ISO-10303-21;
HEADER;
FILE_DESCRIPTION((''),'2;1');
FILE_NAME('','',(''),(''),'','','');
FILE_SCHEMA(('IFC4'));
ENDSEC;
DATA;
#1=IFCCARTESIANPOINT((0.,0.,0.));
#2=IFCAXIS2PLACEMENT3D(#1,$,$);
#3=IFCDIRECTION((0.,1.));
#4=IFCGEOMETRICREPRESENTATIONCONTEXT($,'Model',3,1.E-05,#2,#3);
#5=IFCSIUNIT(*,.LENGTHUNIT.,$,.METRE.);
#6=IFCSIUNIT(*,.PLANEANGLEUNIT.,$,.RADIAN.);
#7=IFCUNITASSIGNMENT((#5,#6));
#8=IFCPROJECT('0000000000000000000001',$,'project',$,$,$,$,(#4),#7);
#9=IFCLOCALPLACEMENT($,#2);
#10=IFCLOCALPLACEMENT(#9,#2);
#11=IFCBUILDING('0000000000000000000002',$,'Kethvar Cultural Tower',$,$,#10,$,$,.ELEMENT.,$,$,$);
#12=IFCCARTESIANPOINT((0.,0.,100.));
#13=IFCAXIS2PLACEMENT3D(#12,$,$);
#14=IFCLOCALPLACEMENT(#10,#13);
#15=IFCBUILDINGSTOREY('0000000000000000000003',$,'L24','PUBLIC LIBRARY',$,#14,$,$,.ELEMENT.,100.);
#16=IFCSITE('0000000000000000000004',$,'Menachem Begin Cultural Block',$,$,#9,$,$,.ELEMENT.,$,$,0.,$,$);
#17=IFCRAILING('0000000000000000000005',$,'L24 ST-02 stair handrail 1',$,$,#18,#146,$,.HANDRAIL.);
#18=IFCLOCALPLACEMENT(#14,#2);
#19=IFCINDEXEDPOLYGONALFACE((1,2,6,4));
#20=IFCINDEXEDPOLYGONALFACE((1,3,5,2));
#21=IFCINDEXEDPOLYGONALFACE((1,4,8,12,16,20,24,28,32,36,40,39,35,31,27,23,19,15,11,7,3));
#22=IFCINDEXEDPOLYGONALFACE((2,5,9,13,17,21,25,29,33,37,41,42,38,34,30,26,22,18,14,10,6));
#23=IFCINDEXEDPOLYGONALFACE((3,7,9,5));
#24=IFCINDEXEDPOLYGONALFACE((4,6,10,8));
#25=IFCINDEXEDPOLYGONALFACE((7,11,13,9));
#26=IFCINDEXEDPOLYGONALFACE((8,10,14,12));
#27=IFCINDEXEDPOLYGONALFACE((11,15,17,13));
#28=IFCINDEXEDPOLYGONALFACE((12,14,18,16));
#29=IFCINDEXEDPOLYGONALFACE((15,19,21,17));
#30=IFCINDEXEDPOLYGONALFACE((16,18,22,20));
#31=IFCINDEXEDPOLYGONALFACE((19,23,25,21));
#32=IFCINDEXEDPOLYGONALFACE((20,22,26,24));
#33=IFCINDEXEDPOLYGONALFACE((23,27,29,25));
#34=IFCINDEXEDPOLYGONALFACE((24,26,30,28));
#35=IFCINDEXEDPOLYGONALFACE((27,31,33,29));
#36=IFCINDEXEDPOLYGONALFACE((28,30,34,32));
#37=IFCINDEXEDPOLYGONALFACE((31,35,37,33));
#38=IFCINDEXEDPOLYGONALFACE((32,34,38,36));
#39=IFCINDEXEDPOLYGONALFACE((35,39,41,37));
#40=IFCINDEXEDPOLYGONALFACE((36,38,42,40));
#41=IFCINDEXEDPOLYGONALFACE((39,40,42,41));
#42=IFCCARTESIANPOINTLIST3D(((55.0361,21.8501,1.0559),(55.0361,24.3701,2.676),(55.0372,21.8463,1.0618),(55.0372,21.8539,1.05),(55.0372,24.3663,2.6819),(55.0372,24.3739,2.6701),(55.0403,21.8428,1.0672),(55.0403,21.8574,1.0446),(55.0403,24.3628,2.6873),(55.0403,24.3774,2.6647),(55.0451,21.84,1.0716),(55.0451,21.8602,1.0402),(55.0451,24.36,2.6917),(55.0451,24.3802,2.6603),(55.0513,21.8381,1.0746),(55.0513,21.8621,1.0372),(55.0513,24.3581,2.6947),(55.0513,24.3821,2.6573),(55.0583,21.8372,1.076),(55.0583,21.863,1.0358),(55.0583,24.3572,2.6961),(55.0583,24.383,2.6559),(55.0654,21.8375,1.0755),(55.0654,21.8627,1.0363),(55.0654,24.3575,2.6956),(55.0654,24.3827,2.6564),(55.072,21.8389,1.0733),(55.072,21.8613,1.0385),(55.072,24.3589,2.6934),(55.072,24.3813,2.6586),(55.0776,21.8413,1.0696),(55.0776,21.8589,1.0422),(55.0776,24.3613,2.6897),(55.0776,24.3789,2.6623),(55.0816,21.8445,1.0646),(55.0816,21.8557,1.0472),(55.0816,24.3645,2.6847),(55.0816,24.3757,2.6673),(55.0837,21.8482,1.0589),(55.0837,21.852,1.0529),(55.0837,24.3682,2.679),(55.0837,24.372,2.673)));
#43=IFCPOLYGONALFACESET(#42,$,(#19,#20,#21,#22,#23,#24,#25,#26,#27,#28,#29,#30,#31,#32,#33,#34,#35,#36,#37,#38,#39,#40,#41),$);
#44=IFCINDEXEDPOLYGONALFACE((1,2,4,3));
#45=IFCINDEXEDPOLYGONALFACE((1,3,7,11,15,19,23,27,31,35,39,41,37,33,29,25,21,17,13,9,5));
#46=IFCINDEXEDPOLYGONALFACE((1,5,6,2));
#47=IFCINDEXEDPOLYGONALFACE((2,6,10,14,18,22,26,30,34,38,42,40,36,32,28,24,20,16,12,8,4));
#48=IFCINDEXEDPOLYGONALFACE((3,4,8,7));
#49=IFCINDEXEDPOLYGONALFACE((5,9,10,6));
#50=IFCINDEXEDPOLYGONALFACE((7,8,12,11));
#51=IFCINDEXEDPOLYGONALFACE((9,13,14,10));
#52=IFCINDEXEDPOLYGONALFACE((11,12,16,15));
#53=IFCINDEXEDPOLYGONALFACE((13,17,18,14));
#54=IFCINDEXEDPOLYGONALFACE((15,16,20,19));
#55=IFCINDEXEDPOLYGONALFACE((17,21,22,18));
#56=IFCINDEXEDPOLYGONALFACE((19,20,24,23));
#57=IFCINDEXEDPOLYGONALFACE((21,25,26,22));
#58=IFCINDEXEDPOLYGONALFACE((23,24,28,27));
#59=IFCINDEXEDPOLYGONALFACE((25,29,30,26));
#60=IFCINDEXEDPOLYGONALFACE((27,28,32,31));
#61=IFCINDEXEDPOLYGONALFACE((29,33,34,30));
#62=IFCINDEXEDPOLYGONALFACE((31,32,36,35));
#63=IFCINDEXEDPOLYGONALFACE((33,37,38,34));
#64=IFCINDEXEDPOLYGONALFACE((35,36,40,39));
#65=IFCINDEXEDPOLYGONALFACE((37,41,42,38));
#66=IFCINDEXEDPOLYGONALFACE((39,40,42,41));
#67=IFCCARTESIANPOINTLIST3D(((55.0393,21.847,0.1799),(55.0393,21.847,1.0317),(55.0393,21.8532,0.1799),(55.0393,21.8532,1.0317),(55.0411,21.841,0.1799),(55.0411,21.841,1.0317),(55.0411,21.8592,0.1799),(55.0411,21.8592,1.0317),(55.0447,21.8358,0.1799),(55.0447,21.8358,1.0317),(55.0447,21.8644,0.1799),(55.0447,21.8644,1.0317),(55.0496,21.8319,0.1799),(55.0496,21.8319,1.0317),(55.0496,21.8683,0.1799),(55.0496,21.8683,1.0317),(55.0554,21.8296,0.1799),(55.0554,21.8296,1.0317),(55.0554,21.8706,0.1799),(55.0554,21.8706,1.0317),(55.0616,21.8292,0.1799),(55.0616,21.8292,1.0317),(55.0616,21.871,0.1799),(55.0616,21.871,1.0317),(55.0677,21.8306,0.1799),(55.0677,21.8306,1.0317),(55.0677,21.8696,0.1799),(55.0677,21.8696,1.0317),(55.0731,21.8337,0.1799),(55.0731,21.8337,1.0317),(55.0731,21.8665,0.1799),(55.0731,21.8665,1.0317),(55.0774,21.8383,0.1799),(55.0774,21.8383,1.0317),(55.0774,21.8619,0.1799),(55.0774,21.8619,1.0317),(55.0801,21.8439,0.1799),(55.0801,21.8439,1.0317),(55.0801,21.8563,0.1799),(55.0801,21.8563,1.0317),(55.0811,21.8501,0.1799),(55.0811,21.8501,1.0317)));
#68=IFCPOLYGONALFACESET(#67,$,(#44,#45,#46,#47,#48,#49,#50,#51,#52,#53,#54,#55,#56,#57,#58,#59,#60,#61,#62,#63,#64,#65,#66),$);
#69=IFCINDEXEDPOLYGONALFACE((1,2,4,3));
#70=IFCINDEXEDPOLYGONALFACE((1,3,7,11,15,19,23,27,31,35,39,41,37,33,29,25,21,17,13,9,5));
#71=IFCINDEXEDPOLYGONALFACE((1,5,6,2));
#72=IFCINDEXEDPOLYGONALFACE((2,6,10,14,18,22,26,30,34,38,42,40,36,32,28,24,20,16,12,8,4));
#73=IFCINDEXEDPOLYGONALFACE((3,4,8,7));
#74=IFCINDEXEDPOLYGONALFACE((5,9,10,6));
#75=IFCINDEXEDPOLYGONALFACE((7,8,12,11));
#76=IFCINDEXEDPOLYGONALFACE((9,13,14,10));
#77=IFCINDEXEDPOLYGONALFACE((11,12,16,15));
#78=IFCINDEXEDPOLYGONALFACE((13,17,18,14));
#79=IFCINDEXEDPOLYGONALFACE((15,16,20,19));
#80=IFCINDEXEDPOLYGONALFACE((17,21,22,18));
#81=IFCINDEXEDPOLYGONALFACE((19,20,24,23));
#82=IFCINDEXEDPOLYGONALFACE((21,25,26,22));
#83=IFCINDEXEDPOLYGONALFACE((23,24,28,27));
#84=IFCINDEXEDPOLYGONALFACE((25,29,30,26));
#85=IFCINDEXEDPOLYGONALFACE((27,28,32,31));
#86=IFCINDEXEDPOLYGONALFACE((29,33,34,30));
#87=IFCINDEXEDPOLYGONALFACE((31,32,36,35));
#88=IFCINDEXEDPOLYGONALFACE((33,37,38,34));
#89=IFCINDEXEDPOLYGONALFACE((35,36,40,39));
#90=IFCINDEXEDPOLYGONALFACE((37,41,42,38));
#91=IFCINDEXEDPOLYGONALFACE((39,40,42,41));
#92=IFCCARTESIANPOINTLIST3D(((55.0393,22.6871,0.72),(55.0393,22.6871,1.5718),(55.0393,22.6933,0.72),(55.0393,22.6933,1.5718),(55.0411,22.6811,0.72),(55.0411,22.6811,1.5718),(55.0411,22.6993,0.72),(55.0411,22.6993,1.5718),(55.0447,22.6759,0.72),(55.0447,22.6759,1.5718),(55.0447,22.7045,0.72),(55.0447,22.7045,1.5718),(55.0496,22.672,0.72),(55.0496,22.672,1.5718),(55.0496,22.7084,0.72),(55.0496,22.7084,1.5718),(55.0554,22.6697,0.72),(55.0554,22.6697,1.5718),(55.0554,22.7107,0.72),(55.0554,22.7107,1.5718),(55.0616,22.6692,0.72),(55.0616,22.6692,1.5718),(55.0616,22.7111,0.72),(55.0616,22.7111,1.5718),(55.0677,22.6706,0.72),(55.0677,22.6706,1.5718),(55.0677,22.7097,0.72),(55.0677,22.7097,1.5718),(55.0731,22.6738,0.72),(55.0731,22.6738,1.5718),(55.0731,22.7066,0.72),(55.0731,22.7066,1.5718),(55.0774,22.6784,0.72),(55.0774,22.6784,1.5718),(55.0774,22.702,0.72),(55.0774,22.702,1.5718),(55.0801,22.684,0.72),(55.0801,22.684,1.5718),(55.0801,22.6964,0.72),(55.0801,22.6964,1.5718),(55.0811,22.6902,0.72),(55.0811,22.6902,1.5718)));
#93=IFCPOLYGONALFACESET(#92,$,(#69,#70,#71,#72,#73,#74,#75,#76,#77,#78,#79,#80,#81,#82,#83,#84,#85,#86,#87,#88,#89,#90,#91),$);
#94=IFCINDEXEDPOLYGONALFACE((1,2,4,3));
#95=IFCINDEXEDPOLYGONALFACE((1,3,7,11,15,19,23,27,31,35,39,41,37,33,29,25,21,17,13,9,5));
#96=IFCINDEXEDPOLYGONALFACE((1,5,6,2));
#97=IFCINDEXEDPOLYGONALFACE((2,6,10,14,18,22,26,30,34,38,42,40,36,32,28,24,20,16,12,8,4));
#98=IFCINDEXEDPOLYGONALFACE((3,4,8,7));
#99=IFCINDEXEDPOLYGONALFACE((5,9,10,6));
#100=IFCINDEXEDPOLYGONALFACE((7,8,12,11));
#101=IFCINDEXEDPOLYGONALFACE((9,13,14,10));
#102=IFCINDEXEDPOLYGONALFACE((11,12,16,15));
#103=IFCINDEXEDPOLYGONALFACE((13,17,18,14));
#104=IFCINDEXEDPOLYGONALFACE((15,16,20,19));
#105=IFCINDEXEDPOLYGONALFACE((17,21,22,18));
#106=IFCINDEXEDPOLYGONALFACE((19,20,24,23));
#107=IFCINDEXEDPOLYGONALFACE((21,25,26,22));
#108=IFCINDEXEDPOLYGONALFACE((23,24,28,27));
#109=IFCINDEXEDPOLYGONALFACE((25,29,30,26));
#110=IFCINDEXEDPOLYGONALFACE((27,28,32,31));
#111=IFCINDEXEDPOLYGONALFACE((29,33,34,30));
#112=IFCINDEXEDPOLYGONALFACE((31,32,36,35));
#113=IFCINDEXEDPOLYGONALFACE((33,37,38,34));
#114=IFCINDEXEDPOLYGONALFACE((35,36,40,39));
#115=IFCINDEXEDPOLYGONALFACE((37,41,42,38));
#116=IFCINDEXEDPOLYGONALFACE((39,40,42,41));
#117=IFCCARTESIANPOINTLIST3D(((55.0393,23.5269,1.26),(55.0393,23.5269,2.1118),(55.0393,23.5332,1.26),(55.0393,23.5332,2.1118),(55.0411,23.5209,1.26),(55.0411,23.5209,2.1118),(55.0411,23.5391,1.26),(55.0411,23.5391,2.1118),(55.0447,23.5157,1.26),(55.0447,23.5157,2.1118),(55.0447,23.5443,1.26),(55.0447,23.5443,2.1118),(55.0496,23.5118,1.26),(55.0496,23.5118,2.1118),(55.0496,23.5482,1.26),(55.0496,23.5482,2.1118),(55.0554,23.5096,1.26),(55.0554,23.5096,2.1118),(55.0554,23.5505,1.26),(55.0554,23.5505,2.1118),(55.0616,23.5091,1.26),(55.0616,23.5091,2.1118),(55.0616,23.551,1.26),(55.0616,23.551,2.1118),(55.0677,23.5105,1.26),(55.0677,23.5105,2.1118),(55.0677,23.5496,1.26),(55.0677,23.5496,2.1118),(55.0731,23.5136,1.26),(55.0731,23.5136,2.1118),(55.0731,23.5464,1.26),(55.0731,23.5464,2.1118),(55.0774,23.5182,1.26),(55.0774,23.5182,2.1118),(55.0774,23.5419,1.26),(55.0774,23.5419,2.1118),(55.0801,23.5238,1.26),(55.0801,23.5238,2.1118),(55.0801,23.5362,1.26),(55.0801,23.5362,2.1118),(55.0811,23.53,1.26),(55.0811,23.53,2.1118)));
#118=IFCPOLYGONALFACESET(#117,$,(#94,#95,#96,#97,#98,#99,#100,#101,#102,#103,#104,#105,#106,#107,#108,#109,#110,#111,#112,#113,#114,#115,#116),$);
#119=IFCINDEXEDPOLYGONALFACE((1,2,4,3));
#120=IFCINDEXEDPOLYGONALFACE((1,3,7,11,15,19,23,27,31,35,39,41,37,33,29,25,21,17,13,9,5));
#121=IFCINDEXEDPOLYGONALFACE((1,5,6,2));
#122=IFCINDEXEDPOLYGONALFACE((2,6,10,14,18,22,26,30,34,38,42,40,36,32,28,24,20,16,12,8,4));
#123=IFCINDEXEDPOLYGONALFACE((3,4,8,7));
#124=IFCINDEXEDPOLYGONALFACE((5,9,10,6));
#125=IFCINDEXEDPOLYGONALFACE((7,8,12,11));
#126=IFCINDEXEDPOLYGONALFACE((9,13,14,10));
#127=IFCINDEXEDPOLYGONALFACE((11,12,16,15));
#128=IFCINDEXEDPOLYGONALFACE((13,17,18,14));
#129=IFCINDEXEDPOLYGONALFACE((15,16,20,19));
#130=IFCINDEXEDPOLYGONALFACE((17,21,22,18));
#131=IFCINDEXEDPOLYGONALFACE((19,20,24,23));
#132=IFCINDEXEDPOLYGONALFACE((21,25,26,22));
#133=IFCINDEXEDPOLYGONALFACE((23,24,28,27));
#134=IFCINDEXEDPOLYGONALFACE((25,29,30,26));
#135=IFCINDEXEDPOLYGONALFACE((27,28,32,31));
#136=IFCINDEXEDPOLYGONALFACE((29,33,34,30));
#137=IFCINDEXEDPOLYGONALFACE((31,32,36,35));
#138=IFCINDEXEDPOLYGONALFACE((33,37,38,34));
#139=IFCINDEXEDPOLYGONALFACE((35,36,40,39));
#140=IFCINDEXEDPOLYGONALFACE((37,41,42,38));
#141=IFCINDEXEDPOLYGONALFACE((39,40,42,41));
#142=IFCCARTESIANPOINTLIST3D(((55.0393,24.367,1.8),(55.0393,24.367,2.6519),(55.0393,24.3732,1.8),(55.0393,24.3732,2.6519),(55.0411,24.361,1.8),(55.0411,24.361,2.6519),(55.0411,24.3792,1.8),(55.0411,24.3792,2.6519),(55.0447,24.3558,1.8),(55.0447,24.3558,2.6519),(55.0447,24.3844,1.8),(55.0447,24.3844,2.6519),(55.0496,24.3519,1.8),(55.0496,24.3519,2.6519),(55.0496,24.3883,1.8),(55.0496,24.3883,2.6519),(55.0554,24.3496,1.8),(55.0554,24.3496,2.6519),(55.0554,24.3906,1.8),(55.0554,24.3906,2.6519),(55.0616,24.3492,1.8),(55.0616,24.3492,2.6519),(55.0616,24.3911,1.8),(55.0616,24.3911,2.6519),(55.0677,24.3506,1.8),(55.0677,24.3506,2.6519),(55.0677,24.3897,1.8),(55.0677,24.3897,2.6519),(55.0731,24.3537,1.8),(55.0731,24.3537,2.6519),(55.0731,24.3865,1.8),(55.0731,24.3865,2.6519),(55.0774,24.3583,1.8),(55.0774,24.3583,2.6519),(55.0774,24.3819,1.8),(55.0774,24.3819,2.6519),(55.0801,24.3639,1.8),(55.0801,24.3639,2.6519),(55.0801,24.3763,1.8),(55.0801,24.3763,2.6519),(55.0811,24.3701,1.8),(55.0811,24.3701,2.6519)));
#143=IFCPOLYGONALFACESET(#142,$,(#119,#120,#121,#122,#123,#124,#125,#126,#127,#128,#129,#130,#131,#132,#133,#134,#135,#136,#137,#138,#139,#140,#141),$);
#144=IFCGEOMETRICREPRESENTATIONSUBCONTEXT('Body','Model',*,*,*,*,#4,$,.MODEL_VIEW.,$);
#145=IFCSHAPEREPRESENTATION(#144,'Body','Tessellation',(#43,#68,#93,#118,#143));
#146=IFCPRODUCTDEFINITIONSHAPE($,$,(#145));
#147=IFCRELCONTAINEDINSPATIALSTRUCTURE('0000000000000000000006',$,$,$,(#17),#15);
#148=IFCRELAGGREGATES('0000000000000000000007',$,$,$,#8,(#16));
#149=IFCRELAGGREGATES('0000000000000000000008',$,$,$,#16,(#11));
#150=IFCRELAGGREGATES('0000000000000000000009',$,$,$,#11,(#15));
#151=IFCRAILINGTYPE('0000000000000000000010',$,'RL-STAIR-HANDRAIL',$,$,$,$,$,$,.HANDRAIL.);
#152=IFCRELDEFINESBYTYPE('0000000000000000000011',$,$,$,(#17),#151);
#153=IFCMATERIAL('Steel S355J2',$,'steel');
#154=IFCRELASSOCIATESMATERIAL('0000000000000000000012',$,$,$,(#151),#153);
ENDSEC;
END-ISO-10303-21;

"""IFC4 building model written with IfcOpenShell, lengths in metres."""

from ifc_helpers import new_model, si_unit, direction, frame, origin, origin_2d, place, context, subcontext, project, spatial, circle, extrude, material, type_object, element, save


model = new_model("IFC4")

# Units and contexts
model_context = context("Model", 3, precision=1e-05, world=origin(), true_north=direction((0.0, 1.0)))
body_context = subcontext(model_context, "Body", "Model", "MODEL_VIEW")
ifc_project = project(units=[si_unit("LENGTHUNIT", "METRE"), si_unit("PLANEANGLEUNIT", "RADIAN")], contexts=[model_context])

# Site, building, storey
site_placement = place(None, origin())
site = spatial("IfcSite", under=ifc_project, at=site_placement, Name="Menachem Begin Cultural Block", CompositionType="ELEMENT", RefElevation=0.0)
building_placement = place(site_placement, origin())
building = spatial("IfcBuilding", under=site, at=building_placement, Name="Kethvar Cultural Tower", CompositionType="ELEMENT")
storey_placement = place(building_placement, frame((0.0, 0.0, 100.0)))
storey = spatial("IfcBuildingStorey", under=building, at=storey_placement, Name="L24", Description="PUBLIC LIBRARY", CompositionType="ELEMENT", Elevation=100.0)

# Shared definitions
ifc_material_1 = material(Name="Steel S355J2", Category="steel")

# Railing
railing_type_1 = type_object("IfcRailingType", Name="RL-STAIR-HANDRAIL", PredefinedType="HANDRAIL", material=ifc_material_1)
railing_1_placement = place(storey_placement, frame((55.0601, 21.8501, 0.1799)))
element("IfcRailing", 1, at=railing_1_placement, inside=storey, type_object=railing_type_1, Name="L24 ST-02 stair handrail 1", PredefinedType="HANDRAIL", context=body_context, shape_type="SweptSolid", body=[
    extrude(circle(Radius=0.0239, at=origin_2d()), frame((0.0, 0.0, 0.876), z_axis=(0.0, 0.841163, 0.540782), x_axis=(-1.0, 0.0, 0.0)), (0.0, 0.0, 1.0), 2.9958),
    extrude(circle(Radius=0.021, at=origin_2d()), origin(), (0.0, 0.0, 1.0), 0.8518),
    extrude(circle(Radius=0.021, at=origin_2d()), frame((0.0, 0.8401, 0.54)), (0.0, 0.0, 1.0), 0.8518),
    extrude(circle(Radius=0.021, at=origin_2d()), frame((0.0, 1.6799, 1.0801)), (0.0, 0.0, 1.0), 0.8518),
    extrude(circle(Radius=0.021, at=origin_2d()), frame((0.0, 2.52, 1.6201)), (0.0, 0.0, 1.0), 0.8518),
])

save(model, "model.ifc")
